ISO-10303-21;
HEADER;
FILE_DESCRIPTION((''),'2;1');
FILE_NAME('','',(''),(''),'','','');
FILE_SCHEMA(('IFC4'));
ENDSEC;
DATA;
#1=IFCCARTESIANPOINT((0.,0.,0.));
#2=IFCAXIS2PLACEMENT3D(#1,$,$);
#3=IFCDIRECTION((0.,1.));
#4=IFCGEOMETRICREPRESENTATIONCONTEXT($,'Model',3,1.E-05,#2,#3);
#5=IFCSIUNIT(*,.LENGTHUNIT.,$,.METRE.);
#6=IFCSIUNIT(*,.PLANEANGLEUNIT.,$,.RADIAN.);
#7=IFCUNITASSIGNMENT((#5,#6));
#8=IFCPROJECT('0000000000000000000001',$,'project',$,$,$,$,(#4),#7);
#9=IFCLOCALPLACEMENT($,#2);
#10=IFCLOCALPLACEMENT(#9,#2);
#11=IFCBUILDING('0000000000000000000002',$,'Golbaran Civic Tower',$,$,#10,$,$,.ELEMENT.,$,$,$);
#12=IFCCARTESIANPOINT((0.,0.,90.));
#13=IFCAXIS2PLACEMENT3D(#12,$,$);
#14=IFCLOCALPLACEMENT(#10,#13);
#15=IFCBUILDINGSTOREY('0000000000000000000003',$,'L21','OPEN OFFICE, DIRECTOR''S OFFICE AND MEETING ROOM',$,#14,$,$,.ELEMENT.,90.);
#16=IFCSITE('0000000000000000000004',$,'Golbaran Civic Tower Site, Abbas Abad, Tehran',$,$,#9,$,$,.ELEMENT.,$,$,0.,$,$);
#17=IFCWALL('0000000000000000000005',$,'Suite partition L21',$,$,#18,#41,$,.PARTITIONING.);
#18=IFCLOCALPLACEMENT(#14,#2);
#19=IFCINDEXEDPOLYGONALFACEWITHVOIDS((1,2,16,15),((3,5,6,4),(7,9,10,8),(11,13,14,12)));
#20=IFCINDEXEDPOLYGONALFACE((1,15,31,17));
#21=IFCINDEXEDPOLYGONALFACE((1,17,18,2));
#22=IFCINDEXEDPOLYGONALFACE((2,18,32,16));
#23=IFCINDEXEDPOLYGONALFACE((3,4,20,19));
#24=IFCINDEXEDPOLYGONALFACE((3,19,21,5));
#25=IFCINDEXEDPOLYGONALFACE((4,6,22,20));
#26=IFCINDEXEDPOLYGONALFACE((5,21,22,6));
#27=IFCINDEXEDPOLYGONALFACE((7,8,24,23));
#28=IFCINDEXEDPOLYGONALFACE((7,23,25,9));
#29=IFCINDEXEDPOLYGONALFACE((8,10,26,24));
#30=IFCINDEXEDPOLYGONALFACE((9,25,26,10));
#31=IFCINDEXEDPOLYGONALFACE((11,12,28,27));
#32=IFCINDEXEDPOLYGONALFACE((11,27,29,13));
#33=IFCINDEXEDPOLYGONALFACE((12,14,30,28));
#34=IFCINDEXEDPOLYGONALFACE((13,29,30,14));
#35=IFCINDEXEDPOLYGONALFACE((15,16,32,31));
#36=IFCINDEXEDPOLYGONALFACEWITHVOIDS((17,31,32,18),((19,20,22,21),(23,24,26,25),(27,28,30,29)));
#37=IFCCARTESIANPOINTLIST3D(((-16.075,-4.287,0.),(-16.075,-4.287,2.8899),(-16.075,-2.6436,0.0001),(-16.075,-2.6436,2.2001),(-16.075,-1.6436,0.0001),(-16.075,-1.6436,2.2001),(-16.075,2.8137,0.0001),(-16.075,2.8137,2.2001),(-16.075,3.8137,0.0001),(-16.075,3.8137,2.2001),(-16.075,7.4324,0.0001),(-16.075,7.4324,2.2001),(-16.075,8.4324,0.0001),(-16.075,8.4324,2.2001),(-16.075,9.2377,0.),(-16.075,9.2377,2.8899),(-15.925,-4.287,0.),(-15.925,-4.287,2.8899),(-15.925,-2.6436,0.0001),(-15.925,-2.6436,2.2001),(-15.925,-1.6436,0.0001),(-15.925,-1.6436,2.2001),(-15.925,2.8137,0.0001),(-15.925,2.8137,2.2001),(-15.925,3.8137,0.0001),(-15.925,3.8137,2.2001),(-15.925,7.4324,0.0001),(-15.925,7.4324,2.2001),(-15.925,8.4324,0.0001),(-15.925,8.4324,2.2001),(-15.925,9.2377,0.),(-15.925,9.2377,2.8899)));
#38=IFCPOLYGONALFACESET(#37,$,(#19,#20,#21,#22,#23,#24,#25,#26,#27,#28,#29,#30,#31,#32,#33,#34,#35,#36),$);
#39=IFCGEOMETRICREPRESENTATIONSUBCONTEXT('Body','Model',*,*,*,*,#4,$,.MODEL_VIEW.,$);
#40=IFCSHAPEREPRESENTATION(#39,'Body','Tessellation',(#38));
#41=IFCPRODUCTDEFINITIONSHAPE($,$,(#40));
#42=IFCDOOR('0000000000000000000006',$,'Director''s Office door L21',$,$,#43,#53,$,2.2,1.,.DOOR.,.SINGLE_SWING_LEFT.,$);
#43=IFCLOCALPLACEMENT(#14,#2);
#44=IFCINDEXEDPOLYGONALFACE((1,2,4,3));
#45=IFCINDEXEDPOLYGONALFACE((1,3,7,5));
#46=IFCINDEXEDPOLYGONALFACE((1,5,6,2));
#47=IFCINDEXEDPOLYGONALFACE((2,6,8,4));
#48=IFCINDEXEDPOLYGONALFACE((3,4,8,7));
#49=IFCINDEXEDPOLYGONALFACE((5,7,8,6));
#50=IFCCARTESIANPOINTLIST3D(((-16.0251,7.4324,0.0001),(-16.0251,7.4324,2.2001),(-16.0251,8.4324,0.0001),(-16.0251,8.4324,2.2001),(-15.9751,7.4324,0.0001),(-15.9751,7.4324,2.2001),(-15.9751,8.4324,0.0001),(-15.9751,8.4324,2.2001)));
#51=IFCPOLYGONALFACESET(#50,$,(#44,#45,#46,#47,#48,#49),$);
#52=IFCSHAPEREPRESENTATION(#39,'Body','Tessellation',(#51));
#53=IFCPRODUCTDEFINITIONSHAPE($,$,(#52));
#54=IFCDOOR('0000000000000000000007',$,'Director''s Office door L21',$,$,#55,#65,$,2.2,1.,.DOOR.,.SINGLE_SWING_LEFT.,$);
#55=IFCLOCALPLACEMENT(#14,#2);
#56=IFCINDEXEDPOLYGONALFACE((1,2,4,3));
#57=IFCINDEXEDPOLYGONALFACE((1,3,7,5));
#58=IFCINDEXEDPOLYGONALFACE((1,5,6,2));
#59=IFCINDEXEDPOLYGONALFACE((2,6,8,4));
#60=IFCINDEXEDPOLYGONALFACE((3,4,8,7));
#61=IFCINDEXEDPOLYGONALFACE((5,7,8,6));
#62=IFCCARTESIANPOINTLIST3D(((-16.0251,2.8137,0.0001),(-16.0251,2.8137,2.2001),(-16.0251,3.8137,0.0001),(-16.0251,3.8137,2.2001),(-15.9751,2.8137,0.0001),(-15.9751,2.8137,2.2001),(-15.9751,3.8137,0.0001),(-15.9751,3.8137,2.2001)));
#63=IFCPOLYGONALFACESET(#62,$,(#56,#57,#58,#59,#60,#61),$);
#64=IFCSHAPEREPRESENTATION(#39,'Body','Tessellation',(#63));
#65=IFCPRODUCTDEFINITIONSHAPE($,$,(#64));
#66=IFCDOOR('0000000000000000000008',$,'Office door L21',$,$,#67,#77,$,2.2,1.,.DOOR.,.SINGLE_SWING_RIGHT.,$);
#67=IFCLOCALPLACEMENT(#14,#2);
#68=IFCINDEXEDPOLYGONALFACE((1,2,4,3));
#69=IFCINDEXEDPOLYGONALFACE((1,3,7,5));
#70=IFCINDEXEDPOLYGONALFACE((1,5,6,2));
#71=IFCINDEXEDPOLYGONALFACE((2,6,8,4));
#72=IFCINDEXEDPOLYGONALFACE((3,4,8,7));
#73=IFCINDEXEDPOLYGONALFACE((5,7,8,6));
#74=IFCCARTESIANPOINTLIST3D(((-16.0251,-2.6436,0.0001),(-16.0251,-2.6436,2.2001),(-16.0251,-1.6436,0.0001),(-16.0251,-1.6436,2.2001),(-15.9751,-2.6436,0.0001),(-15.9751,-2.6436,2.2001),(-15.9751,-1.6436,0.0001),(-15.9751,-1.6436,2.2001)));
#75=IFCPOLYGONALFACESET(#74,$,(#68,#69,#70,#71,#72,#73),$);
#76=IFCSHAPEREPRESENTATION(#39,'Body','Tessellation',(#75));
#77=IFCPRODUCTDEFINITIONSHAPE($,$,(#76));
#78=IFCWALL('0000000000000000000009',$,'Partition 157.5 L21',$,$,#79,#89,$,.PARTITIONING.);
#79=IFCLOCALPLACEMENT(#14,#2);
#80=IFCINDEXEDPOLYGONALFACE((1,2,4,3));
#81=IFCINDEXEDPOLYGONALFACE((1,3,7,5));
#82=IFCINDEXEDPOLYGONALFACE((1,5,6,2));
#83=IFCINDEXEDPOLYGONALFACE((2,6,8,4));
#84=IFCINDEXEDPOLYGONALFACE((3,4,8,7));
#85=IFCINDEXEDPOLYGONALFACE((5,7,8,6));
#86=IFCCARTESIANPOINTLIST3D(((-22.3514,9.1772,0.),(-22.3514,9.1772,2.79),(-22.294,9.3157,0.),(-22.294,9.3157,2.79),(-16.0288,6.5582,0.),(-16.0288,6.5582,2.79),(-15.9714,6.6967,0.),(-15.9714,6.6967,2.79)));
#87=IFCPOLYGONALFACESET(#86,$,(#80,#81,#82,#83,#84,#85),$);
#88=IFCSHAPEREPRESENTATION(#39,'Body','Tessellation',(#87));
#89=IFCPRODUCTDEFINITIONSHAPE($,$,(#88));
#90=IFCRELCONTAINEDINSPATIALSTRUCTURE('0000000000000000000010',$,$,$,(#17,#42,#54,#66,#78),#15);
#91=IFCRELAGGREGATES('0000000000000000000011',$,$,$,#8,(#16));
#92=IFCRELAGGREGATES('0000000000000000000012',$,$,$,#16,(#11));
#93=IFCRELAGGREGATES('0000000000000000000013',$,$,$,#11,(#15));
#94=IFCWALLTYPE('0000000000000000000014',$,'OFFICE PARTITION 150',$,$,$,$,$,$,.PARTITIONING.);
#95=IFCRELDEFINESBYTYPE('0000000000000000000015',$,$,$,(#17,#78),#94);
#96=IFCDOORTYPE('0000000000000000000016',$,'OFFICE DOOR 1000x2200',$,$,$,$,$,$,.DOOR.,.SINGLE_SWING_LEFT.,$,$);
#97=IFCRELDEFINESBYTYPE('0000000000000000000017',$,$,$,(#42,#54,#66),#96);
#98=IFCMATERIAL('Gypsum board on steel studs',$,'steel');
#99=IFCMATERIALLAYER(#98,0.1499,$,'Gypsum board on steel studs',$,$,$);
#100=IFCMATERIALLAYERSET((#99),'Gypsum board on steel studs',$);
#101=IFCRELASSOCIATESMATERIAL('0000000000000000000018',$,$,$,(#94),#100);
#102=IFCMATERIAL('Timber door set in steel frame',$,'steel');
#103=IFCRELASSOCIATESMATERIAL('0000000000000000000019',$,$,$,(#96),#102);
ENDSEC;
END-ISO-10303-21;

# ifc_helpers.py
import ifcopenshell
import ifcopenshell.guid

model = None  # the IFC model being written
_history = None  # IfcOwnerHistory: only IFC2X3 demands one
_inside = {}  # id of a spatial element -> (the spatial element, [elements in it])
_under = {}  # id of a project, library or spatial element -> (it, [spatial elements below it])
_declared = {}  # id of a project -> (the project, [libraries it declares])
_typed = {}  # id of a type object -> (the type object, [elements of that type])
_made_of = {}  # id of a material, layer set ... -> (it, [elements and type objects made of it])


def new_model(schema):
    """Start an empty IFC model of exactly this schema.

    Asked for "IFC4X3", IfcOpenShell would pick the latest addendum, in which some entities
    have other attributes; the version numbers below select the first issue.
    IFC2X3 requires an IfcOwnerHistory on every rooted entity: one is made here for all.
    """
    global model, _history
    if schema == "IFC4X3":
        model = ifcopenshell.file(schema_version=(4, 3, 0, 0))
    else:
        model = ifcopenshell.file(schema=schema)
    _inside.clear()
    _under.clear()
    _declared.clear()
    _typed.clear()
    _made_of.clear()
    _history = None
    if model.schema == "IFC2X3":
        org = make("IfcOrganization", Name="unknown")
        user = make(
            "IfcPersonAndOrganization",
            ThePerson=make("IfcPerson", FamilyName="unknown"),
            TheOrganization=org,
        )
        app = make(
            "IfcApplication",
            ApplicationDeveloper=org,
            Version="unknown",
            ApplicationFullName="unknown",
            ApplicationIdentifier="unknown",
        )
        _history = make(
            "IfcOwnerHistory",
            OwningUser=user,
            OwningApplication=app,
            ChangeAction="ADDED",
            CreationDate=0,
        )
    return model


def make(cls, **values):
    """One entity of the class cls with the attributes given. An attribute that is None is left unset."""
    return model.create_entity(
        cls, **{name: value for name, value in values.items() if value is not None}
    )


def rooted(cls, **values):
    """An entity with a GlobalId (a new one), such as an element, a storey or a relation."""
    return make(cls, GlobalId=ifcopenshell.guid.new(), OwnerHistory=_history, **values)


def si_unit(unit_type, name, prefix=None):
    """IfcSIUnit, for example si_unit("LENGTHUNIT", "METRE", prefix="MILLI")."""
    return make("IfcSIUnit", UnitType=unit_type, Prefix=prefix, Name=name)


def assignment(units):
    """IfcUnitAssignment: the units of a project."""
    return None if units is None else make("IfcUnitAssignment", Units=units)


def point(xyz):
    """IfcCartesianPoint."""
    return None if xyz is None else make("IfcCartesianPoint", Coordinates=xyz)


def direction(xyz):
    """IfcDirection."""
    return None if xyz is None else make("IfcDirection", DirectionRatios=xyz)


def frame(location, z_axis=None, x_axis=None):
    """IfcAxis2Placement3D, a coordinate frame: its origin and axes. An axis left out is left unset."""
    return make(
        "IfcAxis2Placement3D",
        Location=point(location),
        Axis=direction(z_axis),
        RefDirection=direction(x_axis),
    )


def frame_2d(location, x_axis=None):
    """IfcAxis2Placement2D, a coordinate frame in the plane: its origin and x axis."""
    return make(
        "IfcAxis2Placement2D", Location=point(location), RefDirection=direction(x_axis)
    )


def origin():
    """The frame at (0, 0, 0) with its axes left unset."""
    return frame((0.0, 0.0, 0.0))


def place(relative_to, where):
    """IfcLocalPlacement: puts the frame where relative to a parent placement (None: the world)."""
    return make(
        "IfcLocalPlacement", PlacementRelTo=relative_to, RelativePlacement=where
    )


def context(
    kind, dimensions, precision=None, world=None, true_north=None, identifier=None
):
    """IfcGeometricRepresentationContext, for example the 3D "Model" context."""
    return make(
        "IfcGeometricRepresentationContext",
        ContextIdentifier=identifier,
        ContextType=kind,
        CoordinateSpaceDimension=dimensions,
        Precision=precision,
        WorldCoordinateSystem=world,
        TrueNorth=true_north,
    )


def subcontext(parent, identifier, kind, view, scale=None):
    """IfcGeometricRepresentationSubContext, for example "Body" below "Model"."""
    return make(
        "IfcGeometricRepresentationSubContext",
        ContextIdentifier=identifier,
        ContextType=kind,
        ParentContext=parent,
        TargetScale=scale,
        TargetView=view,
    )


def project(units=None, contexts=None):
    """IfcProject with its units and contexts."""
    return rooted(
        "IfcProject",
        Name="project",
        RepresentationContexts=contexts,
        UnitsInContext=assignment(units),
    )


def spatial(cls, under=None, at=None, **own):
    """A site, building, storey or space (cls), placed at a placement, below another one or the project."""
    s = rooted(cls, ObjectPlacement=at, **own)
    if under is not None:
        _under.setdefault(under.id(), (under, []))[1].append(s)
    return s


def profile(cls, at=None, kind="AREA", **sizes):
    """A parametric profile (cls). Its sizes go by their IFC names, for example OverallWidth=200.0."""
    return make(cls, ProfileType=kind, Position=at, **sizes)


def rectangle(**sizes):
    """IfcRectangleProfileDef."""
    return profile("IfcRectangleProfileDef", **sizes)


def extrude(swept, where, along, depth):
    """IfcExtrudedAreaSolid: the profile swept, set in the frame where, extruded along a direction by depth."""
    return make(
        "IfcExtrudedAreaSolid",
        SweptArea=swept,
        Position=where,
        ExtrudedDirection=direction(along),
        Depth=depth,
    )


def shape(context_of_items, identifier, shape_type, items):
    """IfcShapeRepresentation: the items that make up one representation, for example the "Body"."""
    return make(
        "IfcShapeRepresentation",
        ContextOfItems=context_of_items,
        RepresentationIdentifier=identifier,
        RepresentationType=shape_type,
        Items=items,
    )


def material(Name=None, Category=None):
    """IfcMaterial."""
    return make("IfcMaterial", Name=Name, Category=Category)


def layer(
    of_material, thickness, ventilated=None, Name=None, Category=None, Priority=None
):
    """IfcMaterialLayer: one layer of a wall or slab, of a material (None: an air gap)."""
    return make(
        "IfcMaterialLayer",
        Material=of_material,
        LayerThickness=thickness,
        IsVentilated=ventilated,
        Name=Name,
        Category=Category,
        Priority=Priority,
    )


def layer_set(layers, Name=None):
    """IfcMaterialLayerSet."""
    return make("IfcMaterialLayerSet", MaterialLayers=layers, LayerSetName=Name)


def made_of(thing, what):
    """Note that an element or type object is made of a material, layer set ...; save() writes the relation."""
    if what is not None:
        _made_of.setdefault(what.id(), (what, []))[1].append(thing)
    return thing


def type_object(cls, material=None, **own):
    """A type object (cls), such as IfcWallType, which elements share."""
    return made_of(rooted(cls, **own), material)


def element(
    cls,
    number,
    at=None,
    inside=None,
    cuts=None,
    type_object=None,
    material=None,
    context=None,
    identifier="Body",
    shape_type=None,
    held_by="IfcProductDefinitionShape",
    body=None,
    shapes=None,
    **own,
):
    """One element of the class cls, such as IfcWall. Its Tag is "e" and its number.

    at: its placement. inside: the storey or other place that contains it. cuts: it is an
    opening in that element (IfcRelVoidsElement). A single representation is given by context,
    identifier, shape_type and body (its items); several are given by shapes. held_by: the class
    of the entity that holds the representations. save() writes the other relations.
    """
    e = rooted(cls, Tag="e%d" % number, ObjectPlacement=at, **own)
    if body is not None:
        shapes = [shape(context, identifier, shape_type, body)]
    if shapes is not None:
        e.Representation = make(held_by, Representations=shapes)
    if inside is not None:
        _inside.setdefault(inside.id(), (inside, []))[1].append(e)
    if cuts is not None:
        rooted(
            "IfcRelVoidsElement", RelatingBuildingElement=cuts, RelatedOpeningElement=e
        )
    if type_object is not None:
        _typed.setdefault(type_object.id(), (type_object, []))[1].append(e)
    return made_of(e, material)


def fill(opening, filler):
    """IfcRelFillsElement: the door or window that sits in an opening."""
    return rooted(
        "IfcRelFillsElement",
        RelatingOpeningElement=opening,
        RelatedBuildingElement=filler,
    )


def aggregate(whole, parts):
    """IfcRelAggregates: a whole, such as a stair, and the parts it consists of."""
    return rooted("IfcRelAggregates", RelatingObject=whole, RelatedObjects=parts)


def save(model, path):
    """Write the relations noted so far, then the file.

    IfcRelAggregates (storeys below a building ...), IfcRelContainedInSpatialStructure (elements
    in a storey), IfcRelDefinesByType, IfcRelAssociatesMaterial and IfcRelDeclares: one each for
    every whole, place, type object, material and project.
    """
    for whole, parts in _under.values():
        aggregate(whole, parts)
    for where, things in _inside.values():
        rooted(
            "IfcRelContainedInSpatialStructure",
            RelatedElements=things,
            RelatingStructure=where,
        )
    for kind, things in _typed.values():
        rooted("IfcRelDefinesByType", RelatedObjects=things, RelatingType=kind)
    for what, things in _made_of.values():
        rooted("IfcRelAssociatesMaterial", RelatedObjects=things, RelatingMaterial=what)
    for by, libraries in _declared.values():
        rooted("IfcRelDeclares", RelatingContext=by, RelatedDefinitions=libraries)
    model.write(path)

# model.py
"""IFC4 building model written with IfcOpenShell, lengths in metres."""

from ifc_helpers import new_model, si_unit, direction, frame, frame_2d, origin, place, context, subcontext, project, spatial, rectangle, extrude, material, layer, layer_set, type_object, element, fill, save


model = new_model("IFC4")

# Units and contexts
model_context = context("Model", 3, precision=1e-05, world=origin(), true_north=direction((0.0, 1.0)))
body_context = subcontext(model_context, "Body", "Model", "MODEL_VIEW")
ifc_project = project(units=[si_unit("LENGTHUNIT", "METRE"), si_unit("PLANEANGLEUNIT", "RADIAN")], contexts=[model_context])

# Site, building, storey
site_placement = place(None, origin())
site = spatial("IfcSite", under=ifc_project, at=site_placement, Name="Golbaran Civic Tower Site, Abbas Abad, Tehran", CompositionType="ELEMENT", RefElevation=0.0)
building_placement = place(site_placement, origin())
building = spatial("IfcBuilding", under=site, at=building_placement, Name="Golbaran Civic Tower", CompositionType="ELEMENT")
storey_placement = place(building_placement, frame((0.0, 0.0, 90.0)))
storey = spatial("IfcBuildingStorey", under=building, at=storey_placement, Name="L21", Description="OPEN OFFICE, DIRECTOR'S OFFICE AND MEETING ROOM", CompositionType="ELEMENT", Elevation=90.0)

# Wall, openings, doors
ifc_material_1 = material(Name="Gypsum board on steel studs", Category="steel")
ifc_layer_1 = layer(ifc_material_1, 0.1499, Name="Gypsum board on steel studs")
ifc_layer_set_1 = layer_set([ifc_layer_1], Name="Gypsum board on steel studs")
wall_type = type_object("IfcWallType", Name="OFFICE PARTITION 150", PredefinedType="PARTITIONING", material=ifc_layer_set_1)
wall_1_placement = place(storey_placement, frame((-16.0, 9.2375, 0.0), z_axis=(0.0, 0.0, 1.0), x_axis=(0.0, -1.0, 0.0)))
wall_1 = element("IfcWall", 1, at=wall_1_placement, inside=storey, type_object=wall_type, Name="Suite partition L21", PredefinedType="PARTITIONING", context=body_context, shape_type="SweptSolid", body=[
    extrude(rectangle(XDim=13.5247, YDim=0.1499, at=frame_2d((6.7622, 0.0))), origin(), (0.0, 0.0, 1.0), 2.8899),
])
opening_1_placement = place(wall_1_placement, frame((0.8052, 0.0, 0.0)))
opening_1 = element("IfcOpeningElement", 2, at=opening_1_placement, cuts=wall_1, PredefinedType="OPENING", context=body_context, shape_type="SweptSolid", body=[
    extrude(rectangle(XDim=1.0, YDim=2.2, at=frame_2d((0.5, 1.1001))), frame((0.0, 0.085, 0.0), z_axis=(0.0, -1.0, 0.0), x_axis=(1.0, 0.0, 0.0)), (0.0, 0.0, 1.0), 0.1699),
])
opening_2_placement = place(wall_1_placement, frame((5.4238, 0.0, 0.0)))
opening_2 = element("IfcOpeningElement", 3, at=opening_2_placement, cuts=wall_1, PredefinedType="OPENING", context=body_context, shape_type="SweptSolid", body=[
    extrude(rectangle(XDim=1.0, YDim=2.2, at=frame_2d((0.5, 1.1001))), frame((0.0, 0.085, 0.0), z_axis=(0.0, -1.0, 0.0), x_axis=(1.0, 0.0, 0.0)), (0.0, 0.0, 1.0), 0.1699),
])
opening_3_placement = place(wall_1_placement, frame((10.8811, 0.0, 0.0)))
opening_3 = element("IfcOpeningElement", 4, at=opening_3_placement, cuts=wall_1, PredefinedType="OPENING", context=body_context, shape_type="SweptSolid", body=[
    extrude(rectangle(XDim=1.0, YDim=2.2, at=frame_2d((0.5, 1.1001))), frame((0.0, 0.085, 0.0), z_axis=(0.0, -1.0, 0.0), x_axis=(1.0, 0.0, 0.0)), (0.0, 0.0, 1.0), 0.1699),
])
ifc_material_2 = material(Name="Timber door set in steel frame", Category="steel")
door_type = type_object("IfcDoorType", Name="OFFICE DOOR 1000x2200", OperationType="SINGLE_SWING_LEFT", PredefinedType="DOOR", material=ifc_material_2)
door_1_placement = place(opening_1_placement, origin())
door_1 = element("IfcDoor", 5, at=door_1_placement, inside=storey, type_object=door_type, Name="Director's Office door L21", OperationType="SINGLE_SWING_LEFT", OverallHeight=2.2, OverallWidth=1.0, PredefinedType="DOOR", context=body_context, shape_type="SweptSolid", body=[
    extrude(rectangle(XDim=1.0, YDim=2.2, at=frame_2d((0.5, 1.1001))), frame((0.0, 0.0249, 0.0), z_axis=(0.0, -1.0, 0.0), x_axis=(1.0, 0.0, 0.0)), (0.0, 0.0, 1.0), 0.05),
])
fill(opening_1, door_1)
door_2_placement = place(opening_2_placement, origin())
door_2 = element("IfcDoor", 6, at=door_2_placement, inside=storey, type_object=door_type, Name="Director's Office door L21", OperationType="SINGLE_SWING_LEFT", OverallHeight=2.2, OverallWidth=1.0, PredefinedType="DOOR", context=body_context, shape_type="SweptSolid", body=[
    extrude(rectangle(XDim=1.0, YDim=2.2, at=frame_2d((0.5, 1.1001))), frame((0.0, 0.0249, 0.0), z_axis=(0.0, -1.0, 0.0), x_axis=(1.0, 0.0, 0.0)), (0.0, 0.0, 1.0), 0.05),
])
fill(opening_2, door_2)
door_3_placement = place(opening_3_placement, origin())
door_3 = element("IfcDoor", 7, at=door_3_placement, inside=storey, type_object=door_type, Name="Office door L21", OperationType="SINGLE_SWING_RIGHT", OverallHeight=2.2, OverallWidth=1.0, PredefinedType="DOOR", context=body_context, shape_type="SweptSolid", body=[
    extrude(rectangle(XDim=1.0, YDim=2.2, at=frame_2d((0.5, 1.1001))), frame((0.0, 0.0249, 0.0), z_axis=(0.0, -1.0, 0.0), x_axis=(1.0, 0.0, 0.0)), (0.0, 0.0, 1.0), 0.05),
])
fill(opening_3, door_3)

# Wall
wall_2_placement = place(storey_placement, frame((-16.0, 6.6274, 0.0), z_axis=(0.0, 0.0, 1.0), x_axis=(-0.923878, 0.382687, 0.0)))
element("IfcWall", 8, at=wall_2_placement, inside=storey, type_object=wall_type, Name="Partition 157.5 L21", PredefinedType="PARTITIONING", context=body_context, shape_type="SweptSolid", body=[
    extrude(rectangle(XDim=6.8435, YDim=0.1499, at=frame_2d((3.4219, 0.0))), origin(), (0.0, 0.0, 1.0), 2.79),
])

save(model, "model.ifc")
